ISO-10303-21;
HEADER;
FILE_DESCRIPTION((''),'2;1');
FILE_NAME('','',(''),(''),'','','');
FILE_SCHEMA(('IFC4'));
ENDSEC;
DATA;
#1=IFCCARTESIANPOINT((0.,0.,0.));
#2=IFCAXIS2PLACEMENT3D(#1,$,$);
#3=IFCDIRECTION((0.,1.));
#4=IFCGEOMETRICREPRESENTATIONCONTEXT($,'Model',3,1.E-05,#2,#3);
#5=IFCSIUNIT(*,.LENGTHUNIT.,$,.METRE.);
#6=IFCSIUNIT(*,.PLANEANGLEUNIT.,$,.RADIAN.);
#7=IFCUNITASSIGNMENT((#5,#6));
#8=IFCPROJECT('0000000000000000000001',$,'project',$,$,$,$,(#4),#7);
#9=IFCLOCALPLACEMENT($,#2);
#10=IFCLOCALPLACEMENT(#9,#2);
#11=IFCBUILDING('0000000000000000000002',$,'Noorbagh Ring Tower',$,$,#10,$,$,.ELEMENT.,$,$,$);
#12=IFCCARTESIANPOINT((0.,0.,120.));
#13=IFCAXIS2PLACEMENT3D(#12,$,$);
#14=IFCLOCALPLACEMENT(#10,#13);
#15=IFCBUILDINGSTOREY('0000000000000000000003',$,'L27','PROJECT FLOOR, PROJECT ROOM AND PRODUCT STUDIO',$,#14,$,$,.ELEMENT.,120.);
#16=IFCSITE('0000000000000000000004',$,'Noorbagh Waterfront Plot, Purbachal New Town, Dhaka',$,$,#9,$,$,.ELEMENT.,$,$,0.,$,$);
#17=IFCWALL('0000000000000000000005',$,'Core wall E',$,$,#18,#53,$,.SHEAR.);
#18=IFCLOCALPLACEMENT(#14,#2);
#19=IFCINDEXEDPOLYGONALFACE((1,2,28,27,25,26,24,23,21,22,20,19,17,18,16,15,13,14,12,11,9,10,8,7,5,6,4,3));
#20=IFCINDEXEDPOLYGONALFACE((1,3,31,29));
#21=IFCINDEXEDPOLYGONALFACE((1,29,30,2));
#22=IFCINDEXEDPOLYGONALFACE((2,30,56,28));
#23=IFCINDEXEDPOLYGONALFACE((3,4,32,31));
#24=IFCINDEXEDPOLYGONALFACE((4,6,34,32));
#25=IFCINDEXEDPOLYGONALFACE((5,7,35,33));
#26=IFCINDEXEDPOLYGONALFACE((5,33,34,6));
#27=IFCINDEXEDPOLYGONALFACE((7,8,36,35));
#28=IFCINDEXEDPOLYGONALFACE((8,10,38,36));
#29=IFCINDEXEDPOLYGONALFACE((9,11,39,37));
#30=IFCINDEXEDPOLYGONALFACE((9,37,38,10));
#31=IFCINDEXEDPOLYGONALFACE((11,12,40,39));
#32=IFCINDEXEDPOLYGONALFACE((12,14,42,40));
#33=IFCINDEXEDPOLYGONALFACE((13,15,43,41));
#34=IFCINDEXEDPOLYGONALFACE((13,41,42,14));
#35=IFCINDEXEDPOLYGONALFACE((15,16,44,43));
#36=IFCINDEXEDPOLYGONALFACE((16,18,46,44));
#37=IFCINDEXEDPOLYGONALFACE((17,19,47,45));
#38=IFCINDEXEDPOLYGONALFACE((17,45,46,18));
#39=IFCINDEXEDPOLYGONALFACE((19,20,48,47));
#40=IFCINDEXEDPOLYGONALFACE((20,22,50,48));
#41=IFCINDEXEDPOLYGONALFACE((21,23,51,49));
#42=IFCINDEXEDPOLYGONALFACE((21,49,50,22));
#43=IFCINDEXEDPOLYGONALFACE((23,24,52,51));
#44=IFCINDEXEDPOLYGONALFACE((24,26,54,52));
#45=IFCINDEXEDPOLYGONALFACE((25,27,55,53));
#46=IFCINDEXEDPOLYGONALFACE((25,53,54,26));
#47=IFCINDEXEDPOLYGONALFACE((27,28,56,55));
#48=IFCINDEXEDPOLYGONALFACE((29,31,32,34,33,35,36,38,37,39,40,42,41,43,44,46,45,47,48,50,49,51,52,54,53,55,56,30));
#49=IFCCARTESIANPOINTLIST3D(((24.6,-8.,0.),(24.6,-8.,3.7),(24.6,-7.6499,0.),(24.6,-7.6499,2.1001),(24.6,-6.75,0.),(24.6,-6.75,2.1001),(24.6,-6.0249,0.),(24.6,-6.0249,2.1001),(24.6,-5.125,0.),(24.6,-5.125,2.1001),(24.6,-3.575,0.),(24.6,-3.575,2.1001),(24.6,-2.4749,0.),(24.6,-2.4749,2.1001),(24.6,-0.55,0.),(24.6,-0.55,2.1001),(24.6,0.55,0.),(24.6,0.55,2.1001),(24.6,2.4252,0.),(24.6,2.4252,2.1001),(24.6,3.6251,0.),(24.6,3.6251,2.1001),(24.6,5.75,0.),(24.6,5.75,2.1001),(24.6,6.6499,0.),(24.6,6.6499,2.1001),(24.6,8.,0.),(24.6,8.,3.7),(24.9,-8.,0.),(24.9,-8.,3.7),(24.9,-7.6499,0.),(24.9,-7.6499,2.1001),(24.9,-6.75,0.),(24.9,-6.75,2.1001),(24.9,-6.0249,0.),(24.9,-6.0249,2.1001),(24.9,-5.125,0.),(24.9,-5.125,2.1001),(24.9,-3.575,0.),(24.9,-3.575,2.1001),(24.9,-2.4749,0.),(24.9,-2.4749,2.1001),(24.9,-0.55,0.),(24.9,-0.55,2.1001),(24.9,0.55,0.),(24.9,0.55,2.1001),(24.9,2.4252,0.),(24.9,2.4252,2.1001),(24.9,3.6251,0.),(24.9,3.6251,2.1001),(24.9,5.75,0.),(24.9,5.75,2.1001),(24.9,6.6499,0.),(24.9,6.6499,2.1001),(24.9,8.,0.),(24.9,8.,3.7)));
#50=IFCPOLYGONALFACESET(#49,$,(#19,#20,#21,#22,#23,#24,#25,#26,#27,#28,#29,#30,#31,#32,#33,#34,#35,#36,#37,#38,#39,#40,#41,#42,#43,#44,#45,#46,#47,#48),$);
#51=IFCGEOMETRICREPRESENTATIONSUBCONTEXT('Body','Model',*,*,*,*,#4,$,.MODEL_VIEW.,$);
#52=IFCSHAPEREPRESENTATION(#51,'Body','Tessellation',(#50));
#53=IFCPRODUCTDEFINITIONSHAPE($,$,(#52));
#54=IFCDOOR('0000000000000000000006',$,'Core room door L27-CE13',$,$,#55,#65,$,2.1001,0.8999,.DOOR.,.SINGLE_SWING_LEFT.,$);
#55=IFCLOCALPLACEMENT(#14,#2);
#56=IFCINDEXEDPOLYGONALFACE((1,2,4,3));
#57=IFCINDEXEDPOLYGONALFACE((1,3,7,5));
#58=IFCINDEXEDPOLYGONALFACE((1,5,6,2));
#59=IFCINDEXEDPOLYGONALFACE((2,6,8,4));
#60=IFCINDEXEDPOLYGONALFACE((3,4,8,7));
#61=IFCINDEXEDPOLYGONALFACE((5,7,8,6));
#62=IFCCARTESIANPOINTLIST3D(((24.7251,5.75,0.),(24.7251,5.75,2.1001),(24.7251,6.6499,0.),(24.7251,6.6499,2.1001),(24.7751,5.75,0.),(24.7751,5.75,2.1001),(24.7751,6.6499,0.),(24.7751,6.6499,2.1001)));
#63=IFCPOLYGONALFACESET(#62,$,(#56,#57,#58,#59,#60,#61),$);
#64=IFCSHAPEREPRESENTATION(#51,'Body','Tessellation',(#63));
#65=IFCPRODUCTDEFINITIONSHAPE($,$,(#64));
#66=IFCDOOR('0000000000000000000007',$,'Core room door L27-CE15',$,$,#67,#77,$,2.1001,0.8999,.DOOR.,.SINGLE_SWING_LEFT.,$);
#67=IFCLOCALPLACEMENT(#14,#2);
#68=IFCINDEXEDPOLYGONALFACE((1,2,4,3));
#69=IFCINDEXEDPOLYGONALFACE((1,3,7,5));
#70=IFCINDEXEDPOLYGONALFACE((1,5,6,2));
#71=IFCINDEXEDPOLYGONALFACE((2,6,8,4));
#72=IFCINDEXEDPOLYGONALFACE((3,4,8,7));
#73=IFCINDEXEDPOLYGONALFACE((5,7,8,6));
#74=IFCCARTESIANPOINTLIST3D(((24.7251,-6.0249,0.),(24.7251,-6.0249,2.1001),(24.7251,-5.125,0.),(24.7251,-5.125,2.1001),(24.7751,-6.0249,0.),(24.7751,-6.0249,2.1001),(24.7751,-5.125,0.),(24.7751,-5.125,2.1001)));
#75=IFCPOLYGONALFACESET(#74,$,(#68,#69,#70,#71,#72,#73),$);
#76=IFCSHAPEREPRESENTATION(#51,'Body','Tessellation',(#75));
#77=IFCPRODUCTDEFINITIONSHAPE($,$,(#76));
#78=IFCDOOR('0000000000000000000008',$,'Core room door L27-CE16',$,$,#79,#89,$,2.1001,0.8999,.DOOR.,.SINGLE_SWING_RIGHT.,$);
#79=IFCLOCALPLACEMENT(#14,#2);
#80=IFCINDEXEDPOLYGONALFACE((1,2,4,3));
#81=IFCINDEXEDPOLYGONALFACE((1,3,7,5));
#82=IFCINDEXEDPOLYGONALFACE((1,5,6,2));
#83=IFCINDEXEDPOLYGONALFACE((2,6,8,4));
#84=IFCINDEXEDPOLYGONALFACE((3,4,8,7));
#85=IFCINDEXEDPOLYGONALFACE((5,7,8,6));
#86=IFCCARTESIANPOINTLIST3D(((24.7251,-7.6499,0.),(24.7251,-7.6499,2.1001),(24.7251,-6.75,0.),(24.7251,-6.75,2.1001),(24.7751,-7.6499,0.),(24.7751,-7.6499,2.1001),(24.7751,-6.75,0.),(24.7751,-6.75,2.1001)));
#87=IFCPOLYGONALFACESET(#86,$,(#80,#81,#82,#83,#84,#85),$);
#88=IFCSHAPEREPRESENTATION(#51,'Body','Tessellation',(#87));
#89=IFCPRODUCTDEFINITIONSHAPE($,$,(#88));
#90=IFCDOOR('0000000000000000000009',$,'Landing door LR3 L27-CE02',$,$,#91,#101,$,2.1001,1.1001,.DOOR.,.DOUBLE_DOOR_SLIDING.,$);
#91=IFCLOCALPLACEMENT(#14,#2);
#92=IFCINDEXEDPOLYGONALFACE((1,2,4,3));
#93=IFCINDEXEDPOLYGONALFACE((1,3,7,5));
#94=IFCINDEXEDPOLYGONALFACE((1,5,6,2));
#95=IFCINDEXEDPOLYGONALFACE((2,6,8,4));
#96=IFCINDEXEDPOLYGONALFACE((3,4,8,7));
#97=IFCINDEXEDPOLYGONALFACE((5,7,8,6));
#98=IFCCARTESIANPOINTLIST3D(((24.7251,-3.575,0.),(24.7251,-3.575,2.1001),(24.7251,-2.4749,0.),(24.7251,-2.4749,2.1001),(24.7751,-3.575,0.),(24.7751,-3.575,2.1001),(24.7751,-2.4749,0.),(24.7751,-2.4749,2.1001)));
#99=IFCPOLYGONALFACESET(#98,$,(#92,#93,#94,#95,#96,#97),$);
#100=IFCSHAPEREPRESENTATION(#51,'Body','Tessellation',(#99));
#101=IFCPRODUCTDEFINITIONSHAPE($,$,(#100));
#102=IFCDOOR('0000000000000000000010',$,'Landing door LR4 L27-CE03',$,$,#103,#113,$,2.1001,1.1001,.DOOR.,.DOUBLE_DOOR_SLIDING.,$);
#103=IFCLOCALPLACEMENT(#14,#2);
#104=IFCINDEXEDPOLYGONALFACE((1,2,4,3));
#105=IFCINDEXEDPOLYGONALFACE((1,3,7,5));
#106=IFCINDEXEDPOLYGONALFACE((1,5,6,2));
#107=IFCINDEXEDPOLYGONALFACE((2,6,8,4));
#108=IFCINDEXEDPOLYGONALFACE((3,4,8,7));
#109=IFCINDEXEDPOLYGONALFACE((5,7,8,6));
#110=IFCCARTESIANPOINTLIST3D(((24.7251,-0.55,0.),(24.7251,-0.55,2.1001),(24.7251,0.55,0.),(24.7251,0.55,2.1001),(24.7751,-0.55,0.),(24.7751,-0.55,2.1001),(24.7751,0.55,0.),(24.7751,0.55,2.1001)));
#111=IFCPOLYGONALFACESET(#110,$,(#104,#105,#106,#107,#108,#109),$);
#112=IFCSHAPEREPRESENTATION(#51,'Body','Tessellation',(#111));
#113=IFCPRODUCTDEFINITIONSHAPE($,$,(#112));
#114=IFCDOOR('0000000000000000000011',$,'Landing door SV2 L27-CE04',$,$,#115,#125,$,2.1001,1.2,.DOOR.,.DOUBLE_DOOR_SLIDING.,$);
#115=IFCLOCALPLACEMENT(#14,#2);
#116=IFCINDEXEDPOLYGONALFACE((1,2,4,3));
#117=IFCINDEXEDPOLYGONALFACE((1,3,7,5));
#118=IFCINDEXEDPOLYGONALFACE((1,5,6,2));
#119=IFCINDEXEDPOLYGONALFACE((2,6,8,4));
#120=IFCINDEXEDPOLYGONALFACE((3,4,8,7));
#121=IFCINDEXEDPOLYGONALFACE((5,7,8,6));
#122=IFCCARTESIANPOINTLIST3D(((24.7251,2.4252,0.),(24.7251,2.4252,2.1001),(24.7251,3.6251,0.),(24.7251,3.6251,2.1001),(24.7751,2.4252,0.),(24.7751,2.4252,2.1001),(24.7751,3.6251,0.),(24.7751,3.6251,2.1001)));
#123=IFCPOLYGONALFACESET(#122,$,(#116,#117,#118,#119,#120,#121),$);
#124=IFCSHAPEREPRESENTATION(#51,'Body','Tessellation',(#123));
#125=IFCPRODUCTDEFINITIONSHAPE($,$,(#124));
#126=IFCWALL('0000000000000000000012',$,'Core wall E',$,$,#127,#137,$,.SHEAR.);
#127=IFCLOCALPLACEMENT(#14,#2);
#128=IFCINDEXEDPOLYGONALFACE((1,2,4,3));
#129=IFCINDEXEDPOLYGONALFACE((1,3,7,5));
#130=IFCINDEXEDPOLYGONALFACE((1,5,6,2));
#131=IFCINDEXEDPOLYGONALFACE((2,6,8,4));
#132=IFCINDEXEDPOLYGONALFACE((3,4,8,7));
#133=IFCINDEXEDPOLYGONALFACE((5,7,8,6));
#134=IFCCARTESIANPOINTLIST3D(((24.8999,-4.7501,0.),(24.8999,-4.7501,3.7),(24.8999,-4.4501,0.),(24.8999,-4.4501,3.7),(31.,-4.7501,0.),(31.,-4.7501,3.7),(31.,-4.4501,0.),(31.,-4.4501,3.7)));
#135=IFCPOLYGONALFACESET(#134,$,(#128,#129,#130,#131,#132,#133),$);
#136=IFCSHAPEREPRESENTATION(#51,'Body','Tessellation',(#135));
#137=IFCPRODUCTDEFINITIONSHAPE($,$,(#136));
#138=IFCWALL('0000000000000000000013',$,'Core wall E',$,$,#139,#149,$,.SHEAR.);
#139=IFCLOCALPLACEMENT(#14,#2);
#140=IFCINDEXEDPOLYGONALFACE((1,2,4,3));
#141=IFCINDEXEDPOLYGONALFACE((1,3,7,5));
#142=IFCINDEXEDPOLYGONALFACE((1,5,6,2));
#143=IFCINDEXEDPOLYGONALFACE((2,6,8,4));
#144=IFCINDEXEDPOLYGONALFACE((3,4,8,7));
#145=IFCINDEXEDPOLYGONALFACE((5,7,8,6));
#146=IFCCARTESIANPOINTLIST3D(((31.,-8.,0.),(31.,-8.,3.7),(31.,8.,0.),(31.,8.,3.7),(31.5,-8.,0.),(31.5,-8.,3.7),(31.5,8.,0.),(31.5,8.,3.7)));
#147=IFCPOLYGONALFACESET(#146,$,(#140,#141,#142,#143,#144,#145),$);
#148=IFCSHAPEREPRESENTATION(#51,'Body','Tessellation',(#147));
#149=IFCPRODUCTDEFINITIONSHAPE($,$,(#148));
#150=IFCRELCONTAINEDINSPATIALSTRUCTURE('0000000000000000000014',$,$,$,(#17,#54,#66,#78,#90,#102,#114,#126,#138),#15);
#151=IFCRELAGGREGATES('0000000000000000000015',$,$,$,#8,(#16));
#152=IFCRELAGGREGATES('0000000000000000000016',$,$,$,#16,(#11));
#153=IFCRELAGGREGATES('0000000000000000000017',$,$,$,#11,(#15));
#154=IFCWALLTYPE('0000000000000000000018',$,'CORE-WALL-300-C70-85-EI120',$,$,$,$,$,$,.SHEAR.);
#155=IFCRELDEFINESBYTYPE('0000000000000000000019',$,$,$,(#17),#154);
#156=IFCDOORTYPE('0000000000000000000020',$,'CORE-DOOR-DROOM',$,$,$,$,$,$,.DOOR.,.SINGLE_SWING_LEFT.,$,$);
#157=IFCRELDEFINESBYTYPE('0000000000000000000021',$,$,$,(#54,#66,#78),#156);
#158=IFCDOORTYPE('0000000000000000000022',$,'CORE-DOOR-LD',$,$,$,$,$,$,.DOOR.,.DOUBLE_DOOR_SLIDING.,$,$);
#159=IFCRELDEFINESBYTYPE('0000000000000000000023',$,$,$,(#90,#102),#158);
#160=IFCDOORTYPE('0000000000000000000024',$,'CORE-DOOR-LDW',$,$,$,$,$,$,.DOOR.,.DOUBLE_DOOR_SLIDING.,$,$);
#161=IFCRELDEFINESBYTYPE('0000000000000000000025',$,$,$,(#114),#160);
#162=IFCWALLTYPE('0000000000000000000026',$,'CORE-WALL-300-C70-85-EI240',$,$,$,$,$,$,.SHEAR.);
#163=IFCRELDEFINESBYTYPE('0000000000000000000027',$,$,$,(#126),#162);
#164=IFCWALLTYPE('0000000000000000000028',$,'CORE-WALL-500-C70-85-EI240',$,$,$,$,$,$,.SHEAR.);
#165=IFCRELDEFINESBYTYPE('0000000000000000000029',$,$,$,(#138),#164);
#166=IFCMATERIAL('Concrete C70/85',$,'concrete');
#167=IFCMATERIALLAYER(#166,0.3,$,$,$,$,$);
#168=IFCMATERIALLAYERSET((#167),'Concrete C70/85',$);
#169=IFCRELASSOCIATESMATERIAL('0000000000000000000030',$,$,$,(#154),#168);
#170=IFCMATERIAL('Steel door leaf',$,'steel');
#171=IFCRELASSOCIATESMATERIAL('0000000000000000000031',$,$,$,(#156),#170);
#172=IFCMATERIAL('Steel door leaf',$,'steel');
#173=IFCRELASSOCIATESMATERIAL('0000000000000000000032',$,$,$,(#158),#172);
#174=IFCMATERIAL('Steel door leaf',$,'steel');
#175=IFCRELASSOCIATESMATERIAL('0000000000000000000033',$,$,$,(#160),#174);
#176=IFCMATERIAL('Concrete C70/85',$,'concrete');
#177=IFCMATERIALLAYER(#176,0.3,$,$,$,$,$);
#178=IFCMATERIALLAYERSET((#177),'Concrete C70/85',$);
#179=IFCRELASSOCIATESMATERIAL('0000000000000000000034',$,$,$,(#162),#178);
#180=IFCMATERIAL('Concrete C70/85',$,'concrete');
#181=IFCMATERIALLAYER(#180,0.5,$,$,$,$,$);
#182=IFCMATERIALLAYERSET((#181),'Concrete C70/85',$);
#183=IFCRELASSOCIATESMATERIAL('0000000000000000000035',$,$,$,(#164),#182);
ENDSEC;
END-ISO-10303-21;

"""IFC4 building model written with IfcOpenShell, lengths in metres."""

from ifc_helpers import new_model, si_unit, direction, frame, frame_2d, origin, place, context, subcontext, project, spatial, rectangle, extrude, material, layer, layer_set, type_object, element, fill, save


model = new_model("IFC4")

# Units and contexts
model_context = context("Model", 3, precision=1e-05, world=origin(), true_north=direction((0.0, 1.0)))
body_context = subcontext(model_context, "Body", "Model", "MODEL_VIEW")
ifc_project = project(units=[si_unit("LENGTHUNIT", "METRE"), si_unit("PLANEANGLEUNIT", "RADIAN")], contexts=[model_context])

# Site, building, storey
site_placement = place(None, origin())
site = spatial("IfcSite", under=ifc_project, at=site_placement, Name="Noorbagh Waterfront Plot, Purbachal New Town, Dhaka", CompositionType="ELEMENT", RefElevation=0.0)
building_placement = place(site_placement, origin())
building = spatial("IfcBuilding", under=site, at=building_placement, Name="Noorbagh Ring Tower", CompositionType="ELEMENT")
storey_placement = place(building_placement, frame((0.0, 0.0, 120.0)))
storey = spatial("IfcBuildingStorey", under=building, at=storey_placement, Name="L27", Description="PROJECT FLOOR, PROJECT ROOM AND PRODUCT STUDIO", CompositionType="ELEMENT", Elevation=120.0)

# Shared definitions
ifc_material_1 = material(Name="Concrete C70/85", Category="concrete")
ifc_layer_1 = layer(ifc_material_1, 0.3)
ifc_layer_set_1 = layer_set([ifc_layer_1], Name="Concrete C70/85")
wall_type_1 = type_object("IfcWallType", Name="CORE-WALL-300-C70-85-EI120", PredefinedType="SHEAR", material=ifc_layer_set_1)

# Wall, openings, doors
wall_1_placement = place(storey_placement, frame((24.75, -8.0, 0.0), z_axis=(0.0, 0.0, 1.0), x_axis=(0.0, 1.0, 0.0)))
wall_1 = element("IfcWall", 1, at=wall_1_placement, inside=storey, type_object=wall_type_1, Name="Core wall E", PredefinedType="SHEAR", context=body_context, shape_type="SweptSolid", body=[
    extrude(rectangle(XDim=16.0, YDim=0.3, at=frame_2d((8.0, 0.0))), origin(), (0.0, 0.0, 1.0), 3.7),
])
opening_1_placement = place(wall_1_placement, frame((4.425, 0.0, 0.0)))
opening_1 = element("IfcOpeningElement", 2, at=opening_1_placement, cuts=wall_1, PredefinedType="OPENING", context=body_context, shape_type="SweptSolid", body=[
    extrude(rectangle(XDim=1.1001, YDim=2.1001, at=frame_2d((0.55, 1.05))), frame((0.0, 0.1602, 0.0), z_axis=(0.0, -1.0, 0.0), x_axis=(1.0, 0.0, 0.0)), (0.0, 0.0, 1.0), 0.3201),
])
opening_2_placement = place(wall_1_placement, frame((7.45, 0.0, 0.0)))
opening_2 = element("IfcOpeningElement", 3, at=opening_2_placement, cuts=wall_1, PredefinedType="OPENING", context=body_context, shape_type="SweptSolid", body=[
    extrude(rectangle(XDim=1.1001, YDim=2.1001, at=frame_2d((0.55, 1.05))), frame((0.0, 0.1602, 0.0), z_axis=(0.0, -1.0, 0.0), x_axis=(1.0, 0.0, 0.0)), (0.0, 0.0, 1.0), 0.3201),
])
opening_3_placement = place(wall_1_placement, frame((10.425, 0.0, 0.0)))
opening_3 = element("IfcOpeningElement", 4, at=opening_3_placement, cuts=wall_1, PredefinedType="OPENING", context=body_context, shape_type="SweptSolid", body=[
    extrude(rectangle(XDim=1.2, YDim=2.1001, at=frame_2d((0.6001, 1.05))), frame((0.0, 0.1602, 0.0), z_axis=(0.0, -1.0, 0.0), x_axis=(1.0, 0.0, 0.0)), (0.0, 0.0, 1.0), 0.3201),
])
opening_4_placement = place(wall_1_placement, frame((13.75, 0.0, 0.0)))
opening_4 = element("IfcOpeningElement", 5, at=opening_4_placement, cuts=wall_1, PredefinedType="OPENING", context=body_context, shape_type="SweptSolid", body=[
    extrude(rectangle(XDim=0.8999, YDim=2.1001, at=frame_2d((0.45, 1.05))), frame((0.0, 0.1602, 0.0), z_axis=(0.0, -1.0, 0.0), x_axis=(1.0, 0.0, 0.0)), (0.0, 0.0, 1.0), 0.3201),
])
opening_5_placement = place(wall_1_placement, frame((1.9751, 0.0, 0.0)))
opening_5 = element("IfcOpeningElement", 6, at=opening_5_placement, cuts=wall_1, PredefinedType="OPENING", context=body_context, shape_type="SweptSolid", body=[
    extrude(rectangle(XDim=0.8999, YDim=2.1001, at=frame_2d((0.45, 1.05))), frame((0.0, 0.1602, 0.0), z_axis=(0.0, -1.0, 0.0), x_axis=(1.0, 0.0, 0.0)), (0.0, 0.0, 1.0), 0.3201),
])
opening_6_placement = place(wall_1_placement, frame((0.3501, 0.0, 0.0)))
opening_6 = element("IfcOpeningElement", 7, at=opening_6_placement, cuts=wall_1, PredefinedType="OPENING", context=body_context, shape_type="SweptSolid", body=[
    extrude(rectangle(XDim=0.8999, YDim=2.1001, at=frame_2d((0.45, 1.05))), frame((0.0, 0.1602, 0.0), z_axis=(0.0, -1.0, 0.0), x_axis=(1.0, 0.0, 0.0)), (0.0, 0.0, 1.0), 0.3201),
])
ifc_material_2 = material(Name="Steel door leaf", Category="steel")
door_type_1 = type_object("IfcDoorType", Name="CORE-DOOR-DROOM", OperationType="SINGLE_SWING_LEFT", PredefinedType="DOOR", material=ifc_material_2)
door_1_placement = place(opening_4_placement, origin())
door_1 = element("IfcDoor", 8, at=door_1_placement, inside=storey, type_object=door_type_1, Name="Core room door L27-CE13", OperationType="SINGLE_SWING_LEFT", OverallHeight=2.1001, OverallWidth=0.8999, PredefinedType="DOOR", context=body_context, shape_type="SweptSolid", body=[
    extrude(rectangle(XDim=0.8999, YDim=2.1001, at=frame_2d((0.45, 1.05))), frame((0.0, 0.0249, 0.0), z_axis=(0.0, -1.0, 0.0), x_axis=(1.0, 0.0, 0.0)), (0.0, 0.0, 1.0), 0.05),
])
fill(opening_4, door_1)
door_2_placement = place(opening_5_placement, origin())
door_2 = element("IfcDoor", 9, at=door_2_placement, inside=storey, type_object=door_type_1, Name="Core room door L27-CE15", OperationType="SINGLE_SWING_LEFT", OverallHeight=2.1001, OverallWidth=0.8999, PredefinedType="DOOR", context=body_context, shape_type="SweptSolid", body=[
    extrude(rectangle(XDim=0.8999, YDim=2.1001, at=frame_2d((0.45, 1.05))), frame((0.0, 0.0249, 0.0), z_axis=(0.0, -1.0, 0.0), x_axis=(1.0, 0.0, 0.0)), (0.0, 0.0, 1.0), 0.05),
])
fill(opening_5, door_2)
door_3_placement = place(opening_6_placement, origin())
door_3 = element("IfcDoor", 10, at=door_3_placement, inside=storey, type_object=door_type_1, Name="Core room door L27-CE16", OperationType="SINGLE_SWING_RIGHT", OverallHeight=2.1001, OverallWidth=0.8999, PredefinedType="DOOR", context=body_context, shape_type="SweptSolid", body=[
    extrude(rectangle(XDim=0.8999, YDim=2.1001, at=frame_2d((0.45, 1.05))), frame((0.0, 0.0249, 0.0), z_axis=(0.0, -1.0, 0.0), x_axis=(1.0, 0.0, 0.0)), (0.0, 0.0, 1.0), 0.05),
])
fill(opening_6, door_3)
ifc_material_3 = material(Name="Steel door leaf", Category="steel")
door_type_2 = type_object("IfcDoorType", Name="CORE-DOOR-LD", OperationType="DOUBLE_DOOR_SLIDING", PredefinedType="DOOR", material=ifc_material_3)
door_4_placement = place(opening_1_placement, origin())
door_4 = element("IfcDoor", 11, at=door_4_placement, inside=storey, type_object=door_type_2, Name="Landing door LR3 L27-CE02", OperationType="DOUBLE_DOOR_SLIDING", OverallHeight=2.1001, OverallWidth=1.1001, PredefinedType="DOOR", context=body_context, shape_type="SweptSolid", body=[
    extrude(rectangle(XDim=1.1001, YDim=2.1001, at=frame_2d((0.55, 1.05))), frame((0.0, 0.0249, 0.0), z_axis=(0.0, -1.0, 0.0), x_axis=(1.0, 0.0, 0.0)), (0.0, 0.0, 1.0), 0.05),
])
fill(opening_1, door_4)
door_5_placement = place(opening_2_placement, origin())
door_5 = element("IfcDoor", 12, at=door_5_placement, inside=storey, type_object=door_type_2, Name="Landing door LR4 L27-CE03", OperationType="DOUBLE_DOOR_SLIDING", OverallHeight=2.1001, OverallWidth=1.1001, PredefinedType="DOOR", context=body_context, shape_type="SweptSolid", body=[
    extrude(rectangle(XDim=1.1001, YDim=2.1001, at=frame_2d((0.55, 1.05))), frame((0.0, 0.0249, 0.0), z_axis=(0.0, -1.0, 0.0), x_axis=(1.0, 0.0, 0.0)), (0.0, 0.0, 1.0), 0.05),
])
fill(opening_2, door_5)
ifc_material_4 = material(Name="Steel door leaf", Category="steel")
door_type_3 = type_object("IfcDoorType", Name="CORE-DOOR-LDW", OperationType="DOUBLE_DOOR_SLIDING", PredefinedType="DOOR", material=ifc_material_4)
door_6_placement = place(opening_3_placement, origin())
door_6 = element("IfcDoor", 13, at=door_6_placement, inside=storey, type_object=door_type_3, Name="Landing door SV2 L27-CE04", OperationType="DOUBLE_DOOR_SLIDING", OverallHeight=2.1001, OverallWidth=1.2, PredefinedType="DOOR", context=body_context, shape_type="SweptSolid", body=[
    extrude(rectangle(XDim=1.2, YDim=2.1001, at=frame_2d((0.6001, 1.05))), frame((0.0, 0.0249, 0.0), z_axis=(0.0, -1.0, 0.0), x_axis=(1.0, 0.0, 0.0)), (0.0, 0.0, 1.0), 0.05),
])
fill(opening_3, door_6)

# Walls
ifc_material_5 = material(Name="Concrete C70/85", Category="concrete")
ifc_layer_2 = layer(ifc_material_5, 0.3)
ifc_layer_set_2 = layer_set([ifc_layer_2], Name="Concrete C70/85")
wall_type_2 = type_object("IfcWallType", Name="CORE-WALL-300-C70-85-EI240", PredefinedType="SHEAR", material=ifc_layer_set_2)
wall_2_placement = place(storey_placement, frame((24.8999, -4.6001, 0.0), z_axis=(0.0, 0.0, 1.0), x_axis=(1.0, 0.0, 0.0)))
element("IfcWall", 14, at=wall_2_placement, inside=storey, type_object=wall_type_2, Name="Core wall E", PredefinedType="SHEAR", context=body_context, shape_type="SweptSolid", body=[
    extrude(rectangle(XDim=6.1001, YDim=0.3, at=frame_2d((3.05, 0.0))), origin(), (0.0, 0.0, 1.0), 3.7),
])
ifc_material_6 = material(Name="Concrete C70/85", Category="concrete")
ifc_layer_3 = layer(ifc_material_6, 0.5)
ifc_layer_set_3 = layer_set([ifc_layer_3], Name="Concrete C70/85")
wall_type_3 = type_object("IfcWallType", Name="CORE-WALL-500-C70-85-EI240", PredefinedType="SHEAR", material=ifc_layer_set_3)
wall_3_placement = place(storey_placement, frame((31.25, -8.0, 0.0), z_axis=(0.0, 0.0, 1.0), x_axis=(0.0, 1.0, 0.0)))
element("IfcWall", 15, at=wall_3_placement, inside=storey, type_object=wall_type_3, Name="Core wall E", PredefinedType="SHEAR", context=body_context, shape_type="SweptSolid", body=[
    extrude(rectangle(XDim=16.0, YDim=0.5, at=frame_2d((8.0, 0.0))), origin(), (0.0, 0.0, 1.0), 3.7),
])

save(model, "model.ifc")
